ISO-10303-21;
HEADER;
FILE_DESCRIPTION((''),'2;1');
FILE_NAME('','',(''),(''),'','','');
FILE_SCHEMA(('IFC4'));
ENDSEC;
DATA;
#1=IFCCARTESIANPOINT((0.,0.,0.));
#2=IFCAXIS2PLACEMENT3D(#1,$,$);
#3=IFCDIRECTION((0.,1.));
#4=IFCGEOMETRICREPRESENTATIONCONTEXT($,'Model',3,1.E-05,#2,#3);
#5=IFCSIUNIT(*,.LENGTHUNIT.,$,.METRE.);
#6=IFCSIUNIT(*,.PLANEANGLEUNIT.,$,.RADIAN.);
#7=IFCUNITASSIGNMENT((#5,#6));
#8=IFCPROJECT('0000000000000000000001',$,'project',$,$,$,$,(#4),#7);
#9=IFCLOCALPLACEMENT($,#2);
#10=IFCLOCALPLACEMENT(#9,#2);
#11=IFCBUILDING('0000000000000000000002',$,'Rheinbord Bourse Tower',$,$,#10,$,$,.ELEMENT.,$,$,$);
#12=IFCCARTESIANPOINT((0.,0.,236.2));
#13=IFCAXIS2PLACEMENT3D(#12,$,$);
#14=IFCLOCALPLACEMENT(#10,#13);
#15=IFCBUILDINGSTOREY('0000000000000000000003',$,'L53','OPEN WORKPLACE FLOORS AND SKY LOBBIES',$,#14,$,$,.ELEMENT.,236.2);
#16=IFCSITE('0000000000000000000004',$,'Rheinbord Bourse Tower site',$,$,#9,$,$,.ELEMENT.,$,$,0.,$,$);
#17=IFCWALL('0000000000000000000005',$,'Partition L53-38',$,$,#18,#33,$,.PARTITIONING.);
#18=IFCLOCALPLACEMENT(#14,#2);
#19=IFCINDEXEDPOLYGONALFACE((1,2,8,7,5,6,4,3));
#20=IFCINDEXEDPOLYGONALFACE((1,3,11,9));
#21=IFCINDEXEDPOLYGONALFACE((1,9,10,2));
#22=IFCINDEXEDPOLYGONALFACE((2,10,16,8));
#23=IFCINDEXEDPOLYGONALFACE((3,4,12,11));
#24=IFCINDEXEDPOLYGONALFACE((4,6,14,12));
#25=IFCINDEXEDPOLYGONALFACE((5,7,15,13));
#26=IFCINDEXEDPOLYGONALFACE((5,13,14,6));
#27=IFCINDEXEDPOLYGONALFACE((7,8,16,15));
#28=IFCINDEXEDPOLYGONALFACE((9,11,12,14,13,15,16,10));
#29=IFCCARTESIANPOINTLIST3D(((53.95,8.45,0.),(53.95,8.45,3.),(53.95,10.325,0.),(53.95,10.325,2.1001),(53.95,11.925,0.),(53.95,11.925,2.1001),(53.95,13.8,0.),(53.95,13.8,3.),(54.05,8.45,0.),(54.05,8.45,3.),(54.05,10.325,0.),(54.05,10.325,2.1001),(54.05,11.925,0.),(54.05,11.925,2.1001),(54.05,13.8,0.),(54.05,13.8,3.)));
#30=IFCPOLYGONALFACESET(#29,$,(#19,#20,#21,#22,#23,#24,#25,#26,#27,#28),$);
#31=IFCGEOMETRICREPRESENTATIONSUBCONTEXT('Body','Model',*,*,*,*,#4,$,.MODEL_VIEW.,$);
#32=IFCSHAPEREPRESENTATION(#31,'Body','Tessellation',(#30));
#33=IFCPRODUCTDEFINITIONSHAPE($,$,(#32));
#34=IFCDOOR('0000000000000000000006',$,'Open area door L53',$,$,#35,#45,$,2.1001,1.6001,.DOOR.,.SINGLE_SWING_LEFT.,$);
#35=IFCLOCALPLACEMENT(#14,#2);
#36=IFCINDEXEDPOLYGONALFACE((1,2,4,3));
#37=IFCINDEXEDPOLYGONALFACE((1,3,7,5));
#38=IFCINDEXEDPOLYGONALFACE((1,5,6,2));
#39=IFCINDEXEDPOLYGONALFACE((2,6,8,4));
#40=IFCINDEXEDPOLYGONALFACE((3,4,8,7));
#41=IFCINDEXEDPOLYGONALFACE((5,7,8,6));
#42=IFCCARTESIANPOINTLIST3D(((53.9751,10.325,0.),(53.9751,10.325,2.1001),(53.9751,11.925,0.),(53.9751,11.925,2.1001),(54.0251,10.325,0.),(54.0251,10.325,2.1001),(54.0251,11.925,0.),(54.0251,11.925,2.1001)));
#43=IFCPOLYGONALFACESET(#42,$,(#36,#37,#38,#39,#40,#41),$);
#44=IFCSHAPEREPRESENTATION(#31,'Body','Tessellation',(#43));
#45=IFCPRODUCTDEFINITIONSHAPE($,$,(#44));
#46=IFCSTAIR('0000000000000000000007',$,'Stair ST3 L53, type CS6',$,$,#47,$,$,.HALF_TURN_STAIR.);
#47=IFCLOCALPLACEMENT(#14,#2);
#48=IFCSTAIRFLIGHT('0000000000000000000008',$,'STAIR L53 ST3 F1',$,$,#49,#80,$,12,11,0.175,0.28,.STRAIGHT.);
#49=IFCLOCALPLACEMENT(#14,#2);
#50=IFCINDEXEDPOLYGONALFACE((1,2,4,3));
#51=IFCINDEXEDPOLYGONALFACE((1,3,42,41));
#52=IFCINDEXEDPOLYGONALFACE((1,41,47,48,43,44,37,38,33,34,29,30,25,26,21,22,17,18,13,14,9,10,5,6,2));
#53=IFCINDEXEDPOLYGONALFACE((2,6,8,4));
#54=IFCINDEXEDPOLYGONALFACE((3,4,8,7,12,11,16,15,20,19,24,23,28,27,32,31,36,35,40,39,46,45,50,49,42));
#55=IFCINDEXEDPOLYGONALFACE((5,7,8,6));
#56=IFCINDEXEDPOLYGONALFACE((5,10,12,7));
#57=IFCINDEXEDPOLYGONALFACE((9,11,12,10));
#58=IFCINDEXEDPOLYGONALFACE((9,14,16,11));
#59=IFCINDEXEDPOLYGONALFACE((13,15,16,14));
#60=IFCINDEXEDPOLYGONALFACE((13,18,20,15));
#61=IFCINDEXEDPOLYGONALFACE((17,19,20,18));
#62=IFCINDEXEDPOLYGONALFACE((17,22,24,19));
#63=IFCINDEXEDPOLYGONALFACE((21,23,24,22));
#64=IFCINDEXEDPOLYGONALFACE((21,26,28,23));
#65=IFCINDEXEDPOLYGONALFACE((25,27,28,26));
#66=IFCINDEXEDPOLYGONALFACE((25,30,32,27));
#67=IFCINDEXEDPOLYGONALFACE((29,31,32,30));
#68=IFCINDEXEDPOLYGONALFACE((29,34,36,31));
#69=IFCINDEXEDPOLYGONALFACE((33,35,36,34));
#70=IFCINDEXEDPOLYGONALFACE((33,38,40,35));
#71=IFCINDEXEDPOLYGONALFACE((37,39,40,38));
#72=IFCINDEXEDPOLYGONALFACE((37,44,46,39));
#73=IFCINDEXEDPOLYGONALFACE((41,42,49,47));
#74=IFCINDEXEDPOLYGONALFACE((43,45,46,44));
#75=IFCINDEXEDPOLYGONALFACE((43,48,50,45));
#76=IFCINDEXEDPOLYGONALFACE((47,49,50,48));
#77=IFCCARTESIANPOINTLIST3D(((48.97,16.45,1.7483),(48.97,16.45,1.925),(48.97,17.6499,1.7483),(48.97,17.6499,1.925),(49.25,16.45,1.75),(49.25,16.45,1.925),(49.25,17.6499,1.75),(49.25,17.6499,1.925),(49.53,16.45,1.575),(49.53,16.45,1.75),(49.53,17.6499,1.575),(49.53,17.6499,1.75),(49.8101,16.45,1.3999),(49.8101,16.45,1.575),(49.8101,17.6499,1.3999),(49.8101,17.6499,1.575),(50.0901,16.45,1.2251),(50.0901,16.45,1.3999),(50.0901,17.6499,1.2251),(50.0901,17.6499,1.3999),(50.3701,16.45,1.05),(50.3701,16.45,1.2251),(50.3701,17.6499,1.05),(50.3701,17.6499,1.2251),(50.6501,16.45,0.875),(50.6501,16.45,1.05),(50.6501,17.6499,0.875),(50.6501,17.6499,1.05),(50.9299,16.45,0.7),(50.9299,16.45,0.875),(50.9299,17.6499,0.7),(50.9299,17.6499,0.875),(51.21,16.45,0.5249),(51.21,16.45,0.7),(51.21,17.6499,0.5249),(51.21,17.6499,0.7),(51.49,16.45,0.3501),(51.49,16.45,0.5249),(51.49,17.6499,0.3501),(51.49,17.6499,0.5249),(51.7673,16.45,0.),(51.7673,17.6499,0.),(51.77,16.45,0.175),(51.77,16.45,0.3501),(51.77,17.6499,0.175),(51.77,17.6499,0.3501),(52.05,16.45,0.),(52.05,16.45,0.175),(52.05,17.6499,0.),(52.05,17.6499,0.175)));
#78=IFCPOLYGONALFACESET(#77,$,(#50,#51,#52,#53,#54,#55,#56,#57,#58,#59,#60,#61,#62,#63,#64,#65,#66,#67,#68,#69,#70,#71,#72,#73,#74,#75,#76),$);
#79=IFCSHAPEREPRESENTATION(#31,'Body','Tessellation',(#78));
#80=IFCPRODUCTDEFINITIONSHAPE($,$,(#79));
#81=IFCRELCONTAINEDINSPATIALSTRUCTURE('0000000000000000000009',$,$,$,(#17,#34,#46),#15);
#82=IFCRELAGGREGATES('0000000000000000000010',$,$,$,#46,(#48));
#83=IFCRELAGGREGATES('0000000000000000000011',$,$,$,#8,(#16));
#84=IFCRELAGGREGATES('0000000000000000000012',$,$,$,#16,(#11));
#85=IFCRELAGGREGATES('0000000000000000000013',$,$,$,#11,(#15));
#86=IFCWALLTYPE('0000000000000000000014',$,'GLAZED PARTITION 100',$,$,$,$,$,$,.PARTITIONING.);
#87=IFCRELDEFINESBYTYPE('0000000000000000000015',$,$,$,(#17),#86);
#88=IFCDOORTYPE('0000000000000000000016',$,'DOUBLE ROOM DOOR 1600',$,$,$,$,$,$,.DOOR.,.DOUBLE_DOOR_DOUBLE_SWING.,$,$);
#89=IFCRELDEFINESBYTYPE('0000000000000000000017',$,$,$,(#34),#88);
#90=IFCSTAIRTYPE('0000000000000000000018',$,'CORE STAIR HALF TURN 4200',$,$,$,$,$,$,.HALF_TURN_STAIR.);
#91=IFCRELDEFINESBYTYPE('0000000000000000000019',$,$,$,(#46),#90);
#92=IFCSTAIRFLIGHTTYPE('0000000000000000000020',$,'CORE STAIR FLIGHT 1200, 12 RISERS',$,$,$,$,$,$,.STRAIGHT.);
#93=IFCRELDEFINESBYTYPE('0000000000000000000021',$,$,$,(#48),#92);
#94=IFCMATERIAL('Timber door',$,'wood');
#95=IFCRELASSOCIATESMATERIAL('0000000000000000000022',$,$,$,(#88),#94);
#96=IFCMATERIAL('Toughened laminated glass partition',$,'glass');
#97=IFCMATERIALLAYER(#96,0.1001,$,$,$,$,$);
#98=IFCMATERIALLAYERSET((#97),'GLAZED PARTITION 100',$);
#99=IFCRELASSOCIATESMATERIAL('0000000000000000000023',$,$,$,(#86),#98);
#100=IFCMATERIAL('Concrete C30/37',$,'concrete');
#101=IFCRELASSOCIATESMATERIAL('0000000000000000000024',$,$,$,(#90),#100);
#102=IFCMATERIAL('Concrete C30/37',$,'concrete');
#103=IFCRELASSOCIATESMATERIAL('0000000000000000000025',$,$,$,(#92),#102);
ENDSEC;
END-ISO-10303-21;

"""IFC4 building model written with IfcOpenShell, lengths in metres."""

from ifc_helpers import new_model, si_unit, direction, frame, frame_2d, origin, place, context, subcontext, project, spatial, polyline, rectangle, outline, extrude, material, layer, layer_set, type_object, element, fill, aggregate, save


model = new_model("IFC4")

# Units and contexts
model_context = context("Model", 3, precision=1e-05, world=origin(), true_north=direction((0.0, 1.0)))
body_context = subcontext(model_context, "Body", "Model", "MODEL_VIEW")
ifc_project = project(units=[si_unit("LENGTHUNIT", "METRE"), si_unit("PLANEANGLEUNIT", "RADIAN")], contexts=[model_context])

# Site, building, storey
site_placement = place(None, origin())
site = spatial("IfcSite", under=ifc_project, at=site_placement, Name="Rheinbord Bourse Tower site", CompositionType="ELEMENT", RefElevation=0.0)
building_placement = place(site_placement, origin())
building = spatial("IfcBuilding", under=site, at=building_placement, Name="Rheinbord Bourse Tower", CompositionType="ELEMENT")
storey_placement = place(building_placement, frame((0.0, 0.0, 236.2)))
storey = spatial("IfcBuildingStorey", under=building, at=storey_placement, Name="L53", Description="OPEN WORKPLACE FLOORS AND SKY LOBBIES", CompositionType="ELEMENT", Elevation=236.2)

# Shared definitions
ifc_material_1 = material(Name="Timber door", Category="wood")
door_type = type_object("IfcDoorType", Name="DOUBLE ROOM DOOR 1600", OperationType="DOUBLE_DOOR_DOUBLE_SWING", PredefinedType="DOOR", material=ifc_material_1)

# Wall, opening, door
ifc_material_2 = material(Name="Toughened laminated glass partition", Category="glass")
ifc_layer_1 = layer(ifc_material_2, 0.1001)
ifc_layer_set_1 = layer_set([ifc_layer_1], Name="GLAZED PARTITION 100")
wall_type_1 = type_object("IfcWallType", Name="GLAZED PARTITION 100", PredefinedType="PARTITIONING", material=ifc_layer_set_1)
wall_1_placement = place(storey_placement, frame((54.0, 8.45, 0.0), z_axis=(0.0, 0.0, 1.0), x_axis=(0.0, 1.0, 0.0)))
wall_1 = element("IfcWall", 1, at=wall_1_placement, inside=storey, type_object=wall_type_1, Name="Partition L53-38", PredefinedType="PARTITIONING", context=body_context, shape_type="SweptSolid", body=[
    extrude(rectangle(XDim=5.3501, YDim=0.1001, at=frame_2d((2.675, 0.0))), origin(), (0.0, 0.0, 1.0), 3.0),
])
opening_1_placement = place(wall_1_placement, frame((1.875, 0.0, 0.0)))
opening_1 = element("IfcOpeningElement", 2, at=opening_1_placement, cuts=wall_1, PredefinedType="OPENING", context=body_context, shape_type="SweptSolid", body=[
    extrude(rectangle(XDim=1.6001, YDim=2.1001, at=frame_2d((0.8, 1.05))), frame((0.0, 0.0601, 0.0), z_axis=(0.0, -1.0, 0.0), x_axis=(1.0, 0.0, 0.0)), (0.0, 0.0, 1.0), 0.1201),
])
door_1_placement = place(opening_1_placement, origin())
door_1 = element("IfcDoor", 3, at=door_1_placement, inside=storey, type_object=door_type, Name="Open area door L53", OperationType="SINGLE_SWING_LEFT", OverallHeight=2.1001, OverallWidth=1.6001, PredefinedType="DOOR", context=body_context, shape_type="SweptSolid", body=[
    extrude(rectangle(XDim=1.6001, YDim=2.1001, at=frame_2d((0.8, 1.05))), frame((0.0, 0.0249, 0.0), z_axis=(0.0, -1.0, 0.0), x_axis=(1.0, 0.0, 0.0)), (0.0, 0.0, 1.0), 0.05),
])
fill(opening_1, door_1)

# Stair, stair flight
ifc_material_3 = material(Name="Concrete C30/37", Category="concrete")
stair_type = type_object("IfcStairType", Name="CORE STAIR HALF TURN 4200", PredefinedType="HALF_TURN_STAIR", material=ifc_material_3)
stair_placement = place(storey_placement, origin())
stair = element("IfcStair", 4, at=stair_placement, inside=storey, type_object=stair_type, Name="Stair ST3 L53, type CS6", PredefinedType="HALF_TURN_STAIR")
ifc_material_4 = material(Name="Concrete C30/37", Category="concrete")
stair_flight_type = type_object("IfcStairFlightType", Name="CORE STAIR FLIGHT 1200, 12 RISERS", PredefinedType="STRAIGHT", material=ifc_material_4)
stair_flight_placement = place(storey_placement, frame((52.05, 17.05, 0.0), z_axis=(0.0, 0.0, 1.0), x_axis=(-1.0, 0.0, 0.0)))
stair_flight = element("IfcStairFlight", 5, at=stair_flight_placement, type_object=stair_flight_type, Name="STAIR L53 ST3 F1", NumberOfRisers=12, NumberOfTreads=11, PredefinedType="STRAIGHT", RiserHeight=0.175, TreadLength=0.28, context=body_context, shape_type="SweptSolid", body=[
    extrude(outline(polyline([(0.0, 0.0), (0.0, 0.175), (0.28, 0.175), (0.28, 0.3501), (0.5601, 0.3501), (0.5601, 0.5249), (0.8401, 0.5249), (0.8401, 0.7), (1.1201, 0.7), (1.1201, 0.875), (1.3999, 0.875), (1.3999, 1.05), (1.6799, 1.05), (1.6799, 1.2251), (1.96, 1.2251), (1.96, 1.3999), (2.24, 1.3999), (2.24, 1.575), (2.52, 1.575), (2.52, 1.75), (2.8, 1.75), (2.8, 1.925), (3.0801, 1.925), (3.0801, 2.1001), (3.0801, 1.7483), (0.2827, 0.0), (0.0, 0.0)])), frame((0.0, 0.6001, 0.0), z_axis=(0.0, -1.0, 0.0), x_axis=(1.0, 0.0, 0.0)), (0.0, 0.0, 1.0), 1.2),
])
aggregate(stair, [stair_flight])

save(model, "model.ifc")
